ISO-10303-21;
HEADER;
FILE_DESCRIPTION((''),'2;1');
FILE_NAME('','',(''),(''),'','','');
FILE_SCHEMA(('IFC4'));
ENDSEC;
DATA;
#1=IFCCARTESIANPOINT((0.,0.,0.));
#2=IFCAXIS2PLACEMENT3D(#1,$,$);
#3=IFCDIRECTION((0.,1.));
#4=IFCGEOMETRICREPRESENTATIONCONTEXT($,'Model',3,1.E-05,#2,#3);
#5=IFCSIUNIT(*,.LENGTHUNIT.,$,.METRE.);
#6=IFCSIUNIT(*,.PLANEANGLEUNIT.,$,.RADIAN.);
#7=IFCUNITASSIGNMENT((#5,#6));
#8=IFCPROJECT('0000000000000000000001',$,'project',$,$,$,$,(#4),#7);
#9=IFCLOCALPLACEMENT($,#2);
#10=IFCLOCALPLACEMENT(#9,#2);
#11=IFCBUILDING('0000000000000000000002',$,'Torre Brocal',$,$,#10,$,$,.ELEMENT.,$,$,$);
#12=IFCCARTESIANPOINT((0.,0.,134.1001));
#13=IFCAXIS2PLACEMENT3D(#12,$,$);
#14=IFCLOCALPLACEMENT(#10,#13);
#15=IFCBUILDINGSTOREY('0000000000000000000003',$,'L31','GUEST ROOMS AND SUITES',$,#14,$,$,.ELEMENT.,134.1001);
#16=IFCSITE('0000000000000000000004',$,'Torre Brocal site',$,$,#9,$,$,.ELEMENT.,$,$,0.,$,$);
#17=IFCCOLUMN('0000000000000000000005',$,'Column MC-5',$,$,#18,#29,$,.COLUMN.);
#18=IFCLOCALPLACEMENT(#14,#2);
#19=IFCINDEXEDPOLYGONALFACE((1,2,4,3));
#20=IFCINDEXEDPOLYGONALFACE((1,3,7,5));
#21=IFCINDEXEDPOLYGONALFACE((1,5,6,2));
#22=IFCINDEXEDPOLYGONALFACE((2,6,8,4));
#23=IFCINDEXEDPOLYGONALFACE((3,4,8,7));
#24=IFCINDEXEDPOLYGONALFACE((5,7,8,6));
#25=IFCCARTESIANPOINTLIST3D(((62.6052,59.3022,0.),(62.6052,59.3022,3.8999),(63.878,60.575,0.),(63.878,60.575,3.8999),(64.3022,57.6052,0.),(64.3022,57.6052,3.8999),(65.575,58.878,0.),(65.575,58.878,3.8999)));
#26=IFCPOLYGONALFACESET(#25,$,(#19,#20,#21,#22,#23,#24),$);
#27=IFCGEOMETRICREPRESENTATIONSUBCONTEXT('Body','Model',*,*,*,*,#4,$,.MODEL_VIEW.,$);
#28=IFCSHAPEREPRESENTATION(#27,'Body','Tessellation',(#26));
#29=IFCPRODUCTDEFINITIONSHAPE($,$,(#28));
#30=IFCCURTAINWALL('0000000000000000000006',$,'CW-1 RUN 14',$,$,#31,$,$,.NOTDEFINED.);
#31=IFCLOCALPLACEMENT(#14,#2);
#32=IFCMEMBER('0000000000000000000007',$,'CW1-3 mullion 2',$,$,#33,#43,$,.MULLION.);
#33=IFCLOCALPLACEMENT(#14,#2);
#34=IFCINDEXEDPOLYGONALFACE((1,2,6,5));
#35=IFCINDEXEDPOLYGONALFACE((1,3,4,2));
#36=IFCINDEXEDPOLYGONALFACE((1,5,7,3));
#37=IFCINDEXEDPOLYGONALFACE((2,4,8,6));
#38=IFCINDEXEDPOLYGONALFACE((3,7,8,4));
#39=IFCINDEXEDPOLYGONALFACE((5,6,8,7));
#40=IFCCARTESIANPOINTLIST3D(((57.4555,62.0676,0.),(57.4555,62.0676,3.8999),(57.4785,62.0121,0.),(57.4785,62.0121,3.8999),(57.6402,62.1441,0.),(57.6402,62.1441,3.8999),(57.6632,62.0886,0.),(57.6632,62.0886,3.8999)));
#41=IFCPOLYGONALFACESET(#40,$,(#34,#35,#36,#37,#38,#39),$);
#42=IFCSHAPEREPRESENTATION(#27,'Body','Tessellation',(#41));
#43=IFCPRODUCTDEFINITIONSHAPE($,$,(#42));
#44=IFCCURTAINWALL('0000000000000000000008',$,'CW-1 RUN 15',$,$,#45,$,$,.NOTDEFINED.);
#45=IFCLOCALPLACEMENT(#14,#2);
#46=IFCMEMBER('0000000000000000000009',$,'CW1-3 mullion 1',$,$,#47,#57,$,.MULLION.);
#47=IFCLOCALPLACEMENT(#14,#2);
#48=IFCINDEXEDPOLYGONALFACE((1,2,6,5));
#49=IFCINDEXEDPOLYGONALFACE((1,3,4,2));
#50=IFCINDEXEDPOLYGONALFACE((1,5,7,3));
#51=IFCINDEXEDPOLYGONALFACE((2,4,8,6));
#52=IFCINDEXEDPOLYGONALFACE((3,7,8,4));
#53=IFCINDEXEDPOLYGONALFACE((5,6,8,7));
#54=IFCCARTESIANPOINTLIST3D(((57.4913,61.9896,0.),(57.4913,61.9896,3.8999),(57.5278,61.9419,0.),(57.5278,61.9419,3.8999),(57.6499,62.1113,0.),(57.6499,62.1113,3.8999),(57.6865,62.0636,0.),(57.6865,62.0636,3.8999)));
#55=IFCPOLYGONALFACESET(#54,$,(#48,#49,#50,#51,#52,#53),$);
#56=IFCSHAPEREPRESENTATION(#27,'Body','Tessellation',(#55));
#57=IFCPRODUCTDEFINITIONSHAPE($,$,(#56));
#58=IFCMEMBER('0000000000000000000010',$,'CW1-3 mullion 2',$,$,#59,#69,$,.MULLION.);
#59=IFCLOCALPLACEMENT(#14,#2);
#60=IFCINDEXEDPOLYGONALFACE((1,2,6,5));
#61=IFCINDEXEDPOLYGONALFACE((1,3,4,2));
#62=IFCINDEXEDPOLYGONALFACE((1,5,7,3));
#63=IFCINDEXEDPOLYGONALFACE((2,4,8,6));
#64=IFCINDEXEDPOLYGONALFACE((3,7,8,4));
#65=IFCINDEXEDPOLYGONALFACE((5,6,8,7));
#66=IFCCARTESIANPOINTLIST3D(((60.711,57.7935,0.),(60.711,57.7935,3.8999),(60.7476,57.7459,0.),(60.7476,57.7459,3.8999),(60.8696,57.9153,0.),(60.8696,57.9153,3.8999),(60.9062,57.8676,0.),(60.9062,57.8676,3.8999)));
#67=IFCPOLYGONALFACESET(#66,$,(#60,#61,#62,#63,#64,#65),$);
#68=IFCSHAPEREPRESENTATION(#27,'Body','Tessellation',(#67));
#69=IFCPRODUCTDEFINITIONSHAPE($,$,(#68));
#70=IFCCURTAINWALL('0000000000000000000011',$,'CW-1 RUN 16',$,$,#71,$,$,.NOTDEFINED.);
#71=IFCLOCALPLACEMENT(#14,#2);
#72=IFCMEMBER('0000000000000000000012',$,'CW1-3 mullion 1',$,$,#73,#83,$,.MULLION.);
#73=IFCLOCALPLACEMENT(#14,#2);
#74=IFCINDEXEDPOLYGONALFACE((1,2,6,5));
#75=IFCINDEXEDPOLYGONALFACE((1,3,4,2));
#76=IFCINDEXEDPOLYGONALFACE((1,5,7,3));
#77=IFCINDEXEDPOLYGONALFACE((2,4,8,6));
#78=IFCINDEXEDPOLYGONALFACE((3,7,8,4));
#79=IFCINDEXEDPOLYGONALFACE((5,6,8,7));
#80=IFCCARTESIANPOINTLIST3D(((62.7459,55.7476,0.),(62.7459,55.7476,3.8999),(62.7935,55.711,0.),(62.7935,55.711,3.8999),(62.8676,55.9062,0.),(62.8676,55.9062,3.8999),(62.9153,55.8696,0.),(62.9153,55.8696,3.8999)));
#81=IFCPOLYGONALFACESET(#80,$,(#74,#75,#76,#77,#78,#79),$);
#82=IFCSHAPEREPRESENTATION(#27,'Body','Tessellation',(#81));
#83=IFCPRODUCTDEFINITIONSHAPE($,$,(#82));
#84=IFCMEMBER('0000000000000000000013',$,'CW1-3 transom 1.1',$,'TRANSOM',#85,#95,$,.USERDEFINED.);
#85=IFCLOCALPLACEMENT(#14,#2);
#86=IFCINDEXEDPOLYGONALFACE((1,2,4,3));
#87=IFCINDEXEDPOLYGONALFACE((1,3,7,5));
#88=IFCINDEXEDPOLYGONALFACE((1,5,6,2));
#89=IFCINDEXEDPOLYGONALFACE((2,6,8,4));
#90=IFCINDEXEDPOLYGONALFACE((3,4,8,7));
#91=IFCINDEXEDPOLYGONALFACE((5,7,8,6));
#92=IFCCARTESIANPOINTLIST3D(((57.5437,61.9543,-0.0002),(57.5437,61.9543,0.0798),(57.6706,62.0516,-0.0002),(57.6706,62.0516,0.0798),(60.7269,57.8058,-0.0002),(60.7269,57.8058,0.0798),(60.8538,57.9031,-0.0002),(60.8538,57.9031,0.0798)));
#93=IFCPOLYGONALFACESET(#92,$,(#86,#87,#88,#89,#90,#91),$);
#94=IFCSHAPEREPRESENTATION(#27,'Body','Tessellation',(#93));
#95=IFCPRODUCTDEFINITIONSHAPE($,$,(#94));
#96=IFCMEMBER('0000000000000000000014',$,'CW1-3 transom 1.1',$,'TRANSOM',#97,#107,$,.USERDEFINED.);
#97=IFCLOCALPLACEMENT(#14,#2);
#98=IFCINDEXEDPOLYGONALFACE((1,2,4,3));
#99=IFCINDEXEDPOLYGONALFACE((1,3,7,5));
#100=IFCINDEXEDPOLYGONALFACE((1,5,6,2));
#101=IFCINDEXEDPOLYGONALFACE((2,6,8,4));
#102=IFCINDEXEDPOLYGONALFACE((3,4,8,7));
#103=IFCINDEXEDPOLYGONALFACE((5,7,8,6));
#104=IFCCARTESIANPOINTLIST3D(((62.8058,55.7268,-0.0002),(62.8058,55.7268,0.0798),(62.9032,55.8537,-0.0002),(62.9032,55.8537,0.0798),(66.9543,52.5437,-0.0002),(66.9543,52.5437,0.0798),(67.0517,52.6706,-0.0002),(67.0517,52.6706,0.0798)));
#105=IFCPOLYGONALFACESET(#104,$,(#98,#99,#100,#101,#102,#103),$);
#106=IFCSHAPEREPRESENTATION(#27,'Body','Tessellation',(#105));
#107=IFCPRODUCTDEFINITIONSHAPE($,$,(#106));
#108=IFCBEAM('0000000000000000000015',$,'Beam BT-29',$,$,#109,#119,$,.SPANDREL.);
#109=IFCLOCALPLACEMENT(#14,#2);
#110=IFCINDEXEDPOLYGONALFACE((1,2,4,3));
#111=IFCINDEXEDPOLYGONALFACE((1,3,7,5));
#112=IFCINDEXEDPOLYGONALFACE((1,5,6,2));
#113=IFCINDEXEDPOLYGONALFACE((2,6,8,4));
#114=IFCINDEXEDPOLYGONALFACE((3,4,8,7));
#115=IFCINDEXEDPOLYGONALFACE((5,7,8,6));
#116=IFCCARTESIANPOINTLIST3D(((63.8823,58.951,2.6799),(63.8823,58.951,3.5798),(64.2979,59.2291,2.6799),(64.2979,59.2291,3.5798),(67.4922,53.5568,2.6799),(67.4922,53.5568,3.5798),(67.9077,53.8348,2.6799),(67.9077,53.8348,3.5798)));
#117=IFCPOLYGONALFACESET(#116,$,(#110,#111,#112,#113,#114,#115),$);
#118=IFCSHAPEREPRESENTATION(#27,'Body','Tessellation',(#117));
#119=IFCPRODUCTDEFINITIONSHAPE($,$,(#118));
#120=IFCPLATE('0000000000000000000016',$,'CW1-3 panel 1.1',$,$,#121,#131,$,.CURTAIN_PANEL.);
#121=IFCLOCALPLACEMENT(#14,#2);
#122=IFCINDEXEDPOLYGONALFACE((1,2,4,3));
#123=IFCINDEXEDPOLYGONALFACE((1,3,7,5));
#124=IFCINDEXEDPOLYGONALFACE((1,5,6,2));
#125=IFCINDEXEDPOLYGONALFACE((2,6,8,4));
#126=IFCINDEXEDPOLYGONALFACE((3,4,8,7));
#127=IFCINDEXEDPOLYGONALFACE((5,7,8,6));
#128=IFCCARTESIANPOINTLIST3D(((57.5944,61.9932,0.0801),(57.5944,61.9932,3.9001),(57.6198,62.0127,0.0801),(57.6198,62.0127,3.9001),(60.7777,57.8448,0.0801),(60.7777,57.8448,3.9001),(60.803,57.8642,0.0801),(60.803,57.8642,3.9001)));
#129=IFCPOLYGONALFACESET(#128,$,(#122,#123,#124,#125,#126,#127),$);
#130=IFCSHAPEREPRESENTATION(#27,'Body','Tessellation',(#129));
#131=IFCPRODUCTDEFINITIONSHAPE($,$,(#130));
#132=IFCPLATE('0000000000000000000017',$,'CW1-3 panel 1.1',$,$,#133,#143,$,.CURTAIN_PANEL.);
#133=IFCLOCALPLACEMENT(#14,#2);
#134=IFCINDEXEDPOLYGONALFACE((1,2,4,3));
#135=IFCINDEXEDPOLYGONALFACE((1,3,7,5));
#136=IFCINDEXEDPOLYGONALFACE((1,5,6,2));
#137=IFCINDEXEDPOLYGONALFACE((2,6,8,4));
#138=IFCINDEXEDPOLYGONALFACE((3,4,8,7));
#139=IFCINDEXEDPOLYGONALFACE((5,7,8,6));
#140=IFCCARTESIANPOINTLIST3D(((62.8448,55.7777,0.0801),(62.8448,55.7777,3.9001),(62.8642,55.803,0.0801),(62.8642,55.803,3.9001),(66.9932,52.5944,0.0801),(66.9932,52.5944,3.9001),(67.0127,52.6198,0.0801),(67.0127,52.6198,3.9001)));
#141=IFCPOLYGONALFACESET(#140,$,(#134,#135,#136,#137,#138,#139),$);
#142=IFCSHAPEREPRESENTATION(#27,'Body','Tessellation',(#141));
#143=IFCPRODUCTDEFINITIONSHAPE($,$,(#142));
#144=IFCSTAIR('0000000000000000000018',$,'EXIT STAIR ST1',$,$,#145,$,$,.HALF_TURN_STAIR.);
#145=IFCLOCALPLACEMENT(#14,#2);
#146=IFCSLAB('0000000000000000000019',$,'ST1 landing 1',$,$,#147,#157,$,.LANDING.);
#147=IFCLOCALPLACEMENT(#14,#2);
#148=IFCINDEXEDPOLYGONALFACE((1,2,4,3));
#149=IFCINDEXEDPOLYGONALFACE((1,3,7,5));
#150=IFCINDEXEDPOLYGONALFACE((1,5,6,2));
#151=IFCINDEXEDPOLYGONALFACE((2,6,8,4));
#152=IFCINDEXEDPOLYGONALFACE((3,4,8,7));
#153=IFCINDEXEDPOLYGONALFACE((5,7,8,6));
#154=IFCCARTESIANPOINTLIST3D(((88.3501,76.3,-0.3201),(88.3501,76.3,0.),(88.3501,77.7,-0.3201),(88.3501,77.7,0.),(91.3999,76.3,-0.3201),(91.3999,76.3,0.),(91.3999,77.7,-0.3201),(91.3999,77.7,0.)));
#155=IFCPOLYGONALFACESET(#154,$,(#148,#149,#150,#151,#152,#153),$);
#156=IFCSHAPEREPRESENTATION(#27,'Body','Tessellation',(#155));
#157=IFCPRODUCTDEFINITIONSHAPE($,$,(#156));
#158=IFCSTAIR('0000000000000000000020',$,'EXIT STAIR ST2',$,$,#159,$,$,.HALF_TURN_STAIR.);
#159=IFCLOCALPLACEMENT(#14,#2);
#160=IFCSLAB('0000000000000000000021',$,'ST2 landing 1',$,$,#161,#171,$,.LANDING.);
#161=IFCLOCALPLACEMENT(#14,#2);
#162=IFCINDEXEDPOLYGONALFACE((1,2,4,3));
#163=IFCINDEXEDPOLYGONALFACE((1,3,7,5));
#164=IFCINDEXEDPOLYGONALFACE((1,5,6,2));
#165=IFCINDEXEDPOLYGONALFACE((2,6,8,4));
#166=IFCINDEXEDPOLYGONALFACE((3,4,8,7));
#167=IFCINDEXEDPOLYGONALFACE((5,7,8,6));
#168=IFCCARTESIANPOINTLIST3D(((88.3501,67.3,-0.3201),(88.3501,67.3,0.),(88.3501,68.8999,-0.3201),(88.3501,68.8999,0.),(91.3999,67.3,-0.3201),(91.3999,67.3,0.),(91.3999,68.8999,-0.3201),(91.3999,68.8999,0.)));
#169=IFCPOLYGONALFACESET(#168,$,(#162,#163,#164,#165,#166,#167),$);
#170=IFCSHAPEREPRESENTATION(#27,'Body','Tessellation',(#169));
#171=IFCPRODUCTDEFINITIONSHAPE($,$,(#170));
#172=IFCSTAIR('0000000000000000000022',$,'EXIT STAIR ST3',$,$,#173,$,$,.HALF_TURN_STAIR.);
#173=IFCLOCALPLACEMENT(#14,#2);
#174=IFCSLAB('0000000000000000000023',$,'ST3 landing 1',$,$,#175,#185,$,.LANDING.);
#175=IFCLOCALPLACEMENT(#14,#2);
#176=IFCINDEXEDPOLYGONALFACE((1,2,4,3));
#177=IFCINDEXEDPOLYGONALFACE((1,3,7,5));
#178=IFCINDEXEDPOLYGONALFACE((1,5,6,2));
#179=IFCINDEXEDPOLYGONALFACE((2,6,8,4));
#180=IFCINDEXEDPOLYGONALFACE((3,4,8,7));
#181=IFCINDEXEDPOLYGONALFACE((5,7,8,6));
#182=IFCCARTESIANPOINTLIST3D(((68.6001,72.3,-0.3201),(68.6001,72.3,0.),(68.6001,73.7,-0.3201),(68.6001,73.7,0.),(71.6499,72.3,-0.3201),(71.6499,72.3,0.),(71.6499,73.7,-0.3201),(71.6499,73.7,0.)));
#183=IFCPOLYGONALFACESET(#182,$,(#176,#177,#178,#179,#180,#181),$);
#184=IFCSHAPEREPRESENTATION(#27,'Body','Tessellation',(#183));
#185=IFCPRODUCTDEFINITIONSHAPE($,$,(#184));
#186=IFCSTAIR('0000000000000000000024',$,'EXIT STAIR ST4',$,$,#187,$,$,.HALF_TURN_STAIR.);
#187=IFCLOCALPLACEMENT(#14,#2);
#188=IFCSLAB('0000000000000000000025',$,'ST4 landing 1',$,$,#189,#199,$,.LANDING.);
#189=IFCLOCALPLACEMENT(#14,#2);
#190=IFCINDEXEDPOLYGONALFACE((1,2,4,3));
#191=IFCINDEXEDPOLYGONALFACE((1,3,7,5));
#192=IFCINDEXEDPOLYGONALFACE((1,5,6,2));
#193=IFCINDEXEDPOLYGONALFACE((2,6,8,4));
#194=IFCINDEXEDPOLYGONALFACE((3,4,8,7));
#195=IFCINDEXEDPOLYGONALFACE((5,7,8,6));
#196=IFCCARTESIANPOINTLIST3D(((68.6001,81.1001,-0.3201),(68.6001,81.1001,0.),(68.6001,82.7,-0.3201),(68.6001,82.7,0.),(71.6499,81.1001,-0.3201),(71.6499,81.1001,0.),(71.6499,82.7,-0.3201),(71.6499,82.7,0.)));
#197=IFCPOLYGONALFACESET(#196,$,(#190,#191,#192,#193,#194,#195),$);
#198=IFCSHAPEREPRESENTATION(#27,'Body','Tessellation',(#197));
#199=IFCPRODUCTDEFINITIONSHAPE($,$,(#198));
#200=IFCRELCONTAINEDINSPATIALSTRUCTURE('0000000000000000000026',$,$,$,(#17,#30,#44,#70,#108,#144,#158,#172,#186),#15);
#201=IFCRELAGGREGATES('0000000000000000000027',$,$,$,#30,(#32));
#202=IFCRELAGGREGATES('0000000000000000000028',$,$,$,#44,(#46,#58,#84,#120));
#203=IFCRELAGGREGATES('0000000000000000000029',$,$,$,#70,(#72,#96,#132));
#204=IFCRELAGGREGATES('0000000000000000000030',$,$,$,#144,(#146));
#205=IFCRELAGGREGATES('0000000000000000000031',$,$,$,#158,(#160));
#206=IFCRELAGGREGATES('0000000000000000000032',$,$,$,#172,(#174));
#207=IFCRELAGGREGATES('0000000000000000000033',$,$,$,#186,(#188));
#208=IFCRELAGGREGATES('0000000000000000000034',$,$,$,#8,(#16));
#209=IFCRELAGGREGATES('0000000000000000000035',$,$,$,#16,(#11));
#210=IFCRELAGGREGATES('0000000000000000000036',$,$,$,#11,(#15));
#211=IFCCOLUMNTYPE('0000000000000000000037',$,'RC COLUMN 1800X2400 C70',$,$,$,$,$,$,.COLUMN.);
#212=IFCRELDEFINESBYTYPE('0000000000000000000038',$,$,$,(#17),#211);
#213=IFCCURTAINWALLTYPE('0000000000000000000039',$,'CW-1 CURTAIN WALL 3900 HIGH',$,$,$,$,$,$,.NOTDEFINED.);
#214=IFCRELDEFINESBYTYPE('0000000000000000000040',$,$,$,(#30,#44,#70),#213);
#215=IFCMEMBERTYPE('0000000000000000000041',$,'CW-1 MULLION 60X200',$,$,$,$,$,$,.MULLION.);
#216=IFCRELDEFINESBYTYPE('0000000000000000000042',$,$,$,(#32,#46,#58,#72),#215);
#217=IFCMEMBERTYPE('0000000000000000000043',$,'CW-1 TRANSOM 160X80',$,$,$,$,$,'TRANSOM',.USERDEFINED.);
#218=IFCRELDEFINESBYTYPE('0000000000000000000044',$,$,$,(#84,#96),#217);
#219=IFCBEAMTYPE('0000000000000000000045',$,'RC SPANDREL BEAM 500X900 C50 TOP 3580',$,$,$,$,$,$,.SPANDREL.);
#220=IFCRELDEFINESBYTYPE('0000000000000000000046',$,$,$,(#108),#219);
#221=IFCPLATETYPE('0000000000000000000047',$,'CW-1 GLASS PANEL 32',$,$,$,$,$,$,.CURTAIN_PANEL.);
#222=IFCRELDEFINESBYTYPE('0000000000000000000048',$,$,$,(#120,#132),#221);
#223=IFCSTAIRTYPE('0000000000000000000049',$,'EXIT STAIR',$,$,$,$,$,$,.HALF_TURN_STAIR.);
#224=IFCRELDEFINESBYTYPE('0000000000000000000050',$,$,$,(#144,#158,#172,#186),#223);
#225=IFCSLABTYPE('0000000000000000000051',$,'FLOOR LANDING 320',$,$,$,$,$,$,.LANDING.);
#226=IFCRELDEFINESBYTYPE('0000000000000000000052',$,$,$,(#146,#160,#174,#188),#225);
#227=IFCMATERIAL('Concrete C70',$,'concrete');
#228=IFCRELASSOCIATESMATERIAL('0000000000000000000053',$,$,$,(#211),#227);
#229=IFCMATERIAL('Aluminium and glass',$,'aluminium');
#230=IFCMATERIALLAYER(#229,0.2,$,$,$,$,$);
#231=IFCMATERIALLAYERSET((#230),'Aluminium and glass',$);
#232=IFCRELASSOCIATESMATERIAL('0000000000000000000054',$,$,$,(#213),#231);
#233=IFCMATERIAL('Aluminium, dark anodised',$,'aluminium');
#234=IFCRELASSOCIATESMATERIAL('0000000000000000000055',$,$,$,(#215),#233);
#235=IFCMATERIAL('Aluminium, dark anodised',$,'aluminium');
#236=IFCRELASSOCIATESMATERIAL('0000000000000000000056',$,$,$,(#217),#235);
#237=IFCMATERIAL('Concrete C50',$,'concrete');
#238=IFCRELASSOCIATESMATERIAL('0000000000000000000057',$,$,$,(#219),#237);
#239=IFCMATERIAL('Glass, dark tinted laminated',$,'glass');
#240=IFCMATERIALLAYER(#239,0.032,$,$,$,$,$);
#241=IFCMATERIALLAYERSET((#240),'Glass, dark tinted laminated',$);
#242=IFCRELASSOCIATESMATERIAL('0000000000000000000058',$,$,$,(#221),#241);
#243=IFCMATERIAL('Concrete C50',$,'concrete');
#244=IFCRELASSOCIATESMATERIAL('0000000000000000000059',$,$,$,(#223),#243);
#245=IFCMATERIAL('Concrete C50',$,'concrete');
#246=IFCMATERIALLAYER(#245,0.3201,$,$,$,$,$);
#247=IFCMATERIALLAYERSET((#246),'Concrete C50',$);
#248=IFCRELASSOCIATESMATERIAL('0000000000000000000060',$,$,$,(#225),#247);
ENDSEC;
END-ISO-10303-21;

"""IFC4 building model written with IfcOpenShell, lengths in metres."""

from ifc_helpers import new_model, si_unit, direction, frame, origin, origin_2d, place, context, subcontext, project, spatial, polyline, rectangle, outline, extrude, material, layer, layer_set, material_profile, profile_set, type_object, element, aggregate, save


model = new_model("IFC4")

# Units and contexts
model_context = context("Model", 3, precision=1e-05, world=origin(), true_north=direction((0.0, 1.0)))
body_context = subcontext(model_context, "Body", "Model", "MODEL_VIEW")
ifc_project = project(units=[si_unit("LENGTHUNIT", "METRE"), si_unit("PLANEANGLEUNIT", "RADIAN")], contexts=[model_context])

# Site, building, storey
site_placement = place(None, origin())
site = spatial("IfcSite", under=ifc_project, at=site_placement, Name="Torre Brocal site", CompositionType="ELEMENT", RefElevation=0.0)
building_placement = place(site_placement, origin())
building = spatial("IfcBuilding", under=site, at=building_placement, Name="Torre Brocal", CompositionType="ELEMENT")
storey_placement = place(building_placement, frame((0.0, 0.0, 134.1001)))
storey = spatial("IfcBuildingStorey", under=building, at=storey_placement, Name="L31", Description="GUEST ROOMS AND SUITES", CompositionType="ELEMENT", Elevation=134.1001)

# Column
ifc_material_1 = material(Name="Concrete C70", Category="concrete")
ifc_material_profile_1 = material_profile(ifc_material_1, rectangle(XDim=1.8, YDim=2.3999, at=origin_2d()), Name="RC 1800X2400")
ifc_profile_set_1 = profile_set([ifc_material_profile_1], Name="Concrete C70")
column_type = type_object("IfcColumnType", Name="RC COLUMN 1800X2400 C70", PredefinedType="COLUMN", material=ifc_profile_set_1)
column_placement = place(storey_placement, frame((64.0901, 59.0901, 0.0), z_axis=(0.0, 0.0, 1.0), x_axis=(-0.707107, -0.707107, 0.0)))
element("IfcColumn", 1, at=column_placement, inside=storey, type_object=column_type, Name="Column MC-5", PredefinedType="COLUMN", context=body_context, shape_type="SweptSolid", body=[
    extrude(rectangle(XDim=1.8, YDim=2.3999, at=origin_2d()), origin(), (0.0, 0.0, 1.0), 3.8999),
])

# Curtain wall, member
ifc_material_2 = material(Name="Aluminium and glass", Category="aluminium")
ifc_layer_1 = layer(ifc_material_2, 0.2)
ifc_layer_set_1 = layer_set([ifc_layer_1], Name="Aluminium and glass")
curtain_wall_type = type_object("IfcCurtainWallType", Name="CW-1 CURTAIN WALL 3900 HIGH", PredefinedType="NOTDEFINED", material=ifc_layer_set_1)
curtain_wall_1_placement = place(storey_placement, origin())
curtain_wall_1 = element("IfcCurtainWall", 2, at=curtain_wall_1_placement, inside=storey, type_object=curtain_wall_type, Name="CW-1 RUN 14", PredefinedType="NOTDEFINED")
ifc_material_3 = material(Name="Aluminium, dark anodised", Category="aluminium")
ifc_material_profile_2 = material_profile(ifc_material_3, rectangle(XDim=0.2, YDim=0.0601, at=origin_2d()), Name="CW-1 MULLION 60X200")
ifc_profile_set_2 = profile_set([ifc_material_profile_2], Name="Aluminium, dark anodised")
member_type_1 = type_object("IfcMemberType", Name="CW-1 MULLION 60X200", PredefinedType="MULLION", material=ifc_profile_set_2)
member_1_placement = place(storey_placement, frame((57.5593, 62.0781, 0.0), z_axis=(0.0, 0.0, 1.0), x_axis=(0.92388, 0.382683, 0.0)))
member_1 = element("IfcMember", 3, at=member_1_placement, type_object=member_type_1, Name="CW1-3 mullion 2", PredefinedType="MULLION", context=body_context, shape_type="SweptSolid", body=[
    extrude(rectangle(XDim=0.2, YDim=0.0601, at=origin_2d()), origin(), (0.0, 0.0, 1.0), 3.8999),
])
aggregate(curtain_wall_1, [member_1])

# Curtain wall, members
curtain_wall_2_placement = place(storey_placement, origin())
curtain_wall_2 = element("IfcCurtainWall", 4, at=curtain_wall_2_placement, inside=storey, type_object=curtain_wall_type, Name="CW-1 RUN 15", PredefinedType="NOTDEFINED")
member_2_placement = place(storey_placement, frame((57.5889, 62.0266, 0.0), z_axis=(0.0, 0.0, 1.0), x_axis=(0.793353, 0.608761, 0.0)))
member_2 = element("IfcMember", 5, at=member_2_placement, type_object=member_type_1, Name="CW1-3 mullion 1", PredefinedType="MULLION", context=body_context, shape_type="SweptSolid", body=[
    extrude(rectangle(XDim=0.2, YDim=0.0601, at=origin_2d()), origin(), (0.0, 0.0, 1.0), 3.8999),
])
member_3_placement = place(storey_placement, frame((60.8086, 57.8306, 0.0), z_axis=(0.0, 0.0, 1.0), x_axis=(0.793353, 0.608761, 0.0)))
member_3 = element("IfcMember", 6, at=member_3_placement, type_object=member_type_1, Name="CW1-3 mullion 2", PredefinedType="MULLION", context=body_context, shape_type="SweptSolid", body=[
    extrude(rectangle(XDim=0.2, YDim=0.0601, at=origin_2d()), origin(), (0.0, 0.0, 1.0), 3.8999),
])

# Curtain wall, member
curtain_wall_3_placement = place(storey_placement, origin())
curtain_wall_3 = element("IfcCurtainWall", 7, at=curtain_wall_3_placement, inside=storey, type_object=curtain_wall_type, Name="CW-1 RUN 16", PredefinedType="NOTDEFINED")
member_4_placement = place(storey_placement, frame((62.8306, 55.8086, 0.0), z_axis=(0.0, 0.0, 1.0), x_axis=(0.608761, 0.793353, 0.0)))
member_4 = element("IfcMember", 8, at=member_4_placement, type_object=member_type_1, Name="CW1-3 mullion 1", PredefinedType="MULLION", context=body_context, shape_type="SweptSolid", body=[
    extrude(rectangle(XDim=0.2, YDim=0.0601, at=origin_2d()), origin(), (0.0, 0.0, 1.0), 3.8999),
])

# Members
ifc_material_4 = material(Name="Aluminium, dark anodised", Category="aluminium")
ifc_material_profile_3 = material_profile(ifc_material_4, rectangle(XDim=0.1599, YDim=0.0801, at=origin_2d()), Name="CW-1 TRANSOM 160X80")
ifc_profile_set_3 = profile_set([ifc_material_profile_3], Name="Aluminium, dark anodised")
member_type_2 = type_object("IfcMemberType", Name="CW-1 TRANSOM 160X80", ElementType="TRANSOM", PredefinedType="USERDEFINED", material=ifc_profile_set_3)
member_5_placement = place(storey_placement, frame((57.6072, 62.0029, 0.0398), z_axis=(0.608749, -0.793363, 0.0), x_axis=(0.793363, 0.608749, 0.0)))
member_5 = element("IfcMember", 9, at=member_5_placement, type_object=member_type_2, Name="CW1-3 transom 1.1", ObjectType="TRANSOM", PredefinedType="USERDEFINED", context=body_context, shape_type="SweptSolid", body=[
    extrude(rectangle(XDim=0.1599, YDim=0.0801, at=origin_2d()), origin(), (0.0, 0.0, 1.0), 5.229),
])
member_6_placement = place(storey_placement, frame((62.8545, 55.7903, 0.0398), z_axis=(0.793363, -0.608749, 0.0), x_axis=(0.608749, 0.793363, 0.0)))
member_6 = element("IfcMember", 10, at=member_6_placement, type_object=member_type_2, Name="CW1-3 transom 1.1", ObjectType="TRANSOM", PredefinedType="USERDEFINED", context=body_context, shape_type="SweptSolid", body=[
    extrude(rectangle(XDim=0.1599, YDim=0.0801, at=origin_2d()), origin(), (0.0, 0.0, 1.0), 5.229),
])

# Beam
ifc_material_5 = material(Name="Concrete C50", Category="concrete")
ifc_material_profile_4 = material_profile(ifc_material_5, rectangle(XDim=0.5, YDim=0.8999, at=origin_2d()), Name="RC 500X900")
ifc_profile_set_4 = profile_set([ifc_material_profile_4], Name="Concrete C50")
beam_type = type_object("IfcBeamType", Name="RC SPANDREL BEAM 500X900 C50 TOP 3580", PredefinedType="SPANDREL", material=ifc_profile_set_4)
beam_placement = place(storey_placement, frame((64.0901, 59.0901, 3.1299), z_axis=(0.556158, -0.831077, 0.0), x_axis=(0.831077, 0.556158, 0.0)))
element("IfcBeam", 11, at=beam_placement, inside=storey, type_object=beam_type, Name="Beam BT-29", PredefinedType="SPANDREL", context=body_context, shape_type="SweptSolid", body=[
    extrude(rectangle(XDim=0.5, YDim=0.8999, at=origin_2d()), origin(), (0.0, 0.0, 1.0), 6.4907),
])

# Plates
ifc_material_6 = material(Name="Glass, dark tinted laminated", Category="glass")
ifc_layer_2 = layer(ifc_material_6, 0.032)
ifc_layer_set_2 = layer_set([ifc_layer_2], Name="Glass, dark tinted laminated")
plate_type = type_object("IfcPlateType", Name="CW-1 GLASS PANEL 32", PredefinedType="CURTAIN_PANEL", material=ifc_layer_set_2)
plate_1_placement = place(storey_placement, frame((59.1987, 59.9287, 0.0801), z_axis=(0.0, 0.0, 1.0), x_axis=(0.608761, -0.793353, 0.0)))
plate_1 = element("IfcPlate", 12, at=plate_1_placement, type_object=plate_type, Name="CW1-3 panel 1.1", PredefinedType="CURTAIN_PANEL", context=body_context, shape_type="SweptSolid", body=[
    extrude(rectangle(XDim=5.229, YDim=0.032, at=origin_2d()), origin(), (0.0, 0.0, 1.0), 3.8201),
])
aggregate(curtain_wall_2, [member_2, member_3, member_5, plate_1])
plate_2_placement = place(storey_placement, frame((64.9287, 54.1987, 0.0801), z_axis=(0.0, 0.0, 1.0), x_axis=(0.793353, -0.608761, 0.0)))
plate_2 = element("IfcPlate", 13, at=plate_2_placement, type_object=plate_type, Name="CW1-3 panel 1.1", PredefinedType="CURTAIN_PANEL", context=body_context, shape_type="SweptSolid", body=[
    extrude(rectangle(XDim=5.229, YDim=0.032, at=origin_2d()), origin(), (0.0, 0.0, 1.0), 3.8201),
])
aggregate(curtain_wall_3, [member_4, member_6, plate_2])

# Stairs, slabs
ifc_material_7 = material(Name="Concrete C50", Category="concrete")
stair_type = type_object("IfcStairType", Name="EXIT STAIR", PredefinedType="HALF_TURN_STAIR", material=ifc_material_7)
stair_1_placement = place(storey_placement, origin())
stair_1 = element("IfcStair", 14, at=stair_1_placement, inside=storey, type_object=stair_type, Name="EXIT STAIR ST1", PredefinedType="HALF_TURN_STAIR")
ifc_material_8 = material(Name="Concrete C50", Category="concrete")
ifc_layer_3 = layer(ifc_material_8, 0.3201)
ifc_layer_set_3 = layer_set([ifc_layer_3], Name="Concrete C50")
slab_type_1 = type_object("IfcSlabType", Name="FLOOR LANDING 320", PredefinedType="LANDING", material=ifc_layer_set_3)
slab_1_placement = place(storey_placement, frame((0.0, 0.0, -0.3201)))
slab_1 = element("IfcSlab", 15, at=slab_1_placement, type_object=slab_type_1, Name="ST1 landing 1", PredefinedType="LANDING", context=body_context, shape_type="SweptSolid", body=[
    extrude(outline(polyline([(88.3501, 76.3), (91.3999, 76.3), (91.3999, 77.7), (88.3501, 77.7), (88.3501, 76.3)])), origin(), (0.0, 0.0, 1.0), 0.3201),
])
stair_2_placement = place(storey_placement, origin())
stair_2 = element("IfcStair", 16, at=stair_2_placement, inside=storey, type_object=stair_type, Name="EXIT STAIR ST2", PredefinedType="HALF_TURN_STAIR")
slab_2_placement = place(storey_placement, frame((0.0, 0.0, -0.3201)))
slab_2 = element("IfcSlab", 17, at=slab_2_placement, type_object=slab_type_1, Name="ST2 landing 1", PredefinedType="LANDING", context=body_context, shape_type="SweptSolid", body=[
    extrude(outline(polyline([(88.3501, 67.3), (91.3999, 67.3), (91.3999, 68.8999), (88.3501, 68.8999), (88.3501, 67.3)])), origin(), (0.0, 0.0, 1.0), 0.3201),
])
stair_3_placement = place(storey_placement, origin())
stair_3 = element("IfcStair", 18, at=stair_3_placement, inside=storey, type_object=stair_type, Name="EXIT STAIR ST3", PredefinedType="HALF_TURN_STAIR")
slab_3_placement = place(storey_placement, frame((0.0, 0.0, -0.3201)))
slab_3 = element("IfcSlab", 19, at=slab_3_placement, type_object=slab_type_1, Name="ST3 landing 1", PredefinedType="LANDING", context=body_context, shape_type="SweptSolid", body=[
    extrude(outline(polyline([(71.6499, 73.7), (68.6001, 73.7), (68.6001, 72.3), (71.6499, 72.3), (71.6499, 73.7)])), origin(), (0.0, 0.0, 1.0), 0.3201),
])
stair_4_placement = place(storey_placement, origin())
stair_4 = element("IfcStair", 20, at=stair_4_placement, inside=storey, type_object=stair_type, Name="EXIT STAIR ST4", PredefinedType="HALF_TURN_STAIR")
slab_4_placement = place(storey_placement, frame((0.0, 0.0, -0.3201)))
slab_4 = element("IfcSlab", 21, at=slab_4_placement, type_object=slab_type_1, Name="ST4 landing 1", PredefinedType="LANDING", context=body_context, shape_type="SweptSolid", body=[
    extrude(outline(polyline([(71.6499, 82.7), (68.6001, 82.7), (68.6001, 81.1001), (71.6499, 81.1001), (71.6499, 82.7)])), origin(), (0.0, 0.0, 1.0), 0.3201),
])

aggregate(stair_1, [slab_1])
aggregate(stair_2, [slab_2])
aggregate(stair_3, [slab_3])
aggregate(stair_4, [slab_4])

save(model, "model.ifc")
